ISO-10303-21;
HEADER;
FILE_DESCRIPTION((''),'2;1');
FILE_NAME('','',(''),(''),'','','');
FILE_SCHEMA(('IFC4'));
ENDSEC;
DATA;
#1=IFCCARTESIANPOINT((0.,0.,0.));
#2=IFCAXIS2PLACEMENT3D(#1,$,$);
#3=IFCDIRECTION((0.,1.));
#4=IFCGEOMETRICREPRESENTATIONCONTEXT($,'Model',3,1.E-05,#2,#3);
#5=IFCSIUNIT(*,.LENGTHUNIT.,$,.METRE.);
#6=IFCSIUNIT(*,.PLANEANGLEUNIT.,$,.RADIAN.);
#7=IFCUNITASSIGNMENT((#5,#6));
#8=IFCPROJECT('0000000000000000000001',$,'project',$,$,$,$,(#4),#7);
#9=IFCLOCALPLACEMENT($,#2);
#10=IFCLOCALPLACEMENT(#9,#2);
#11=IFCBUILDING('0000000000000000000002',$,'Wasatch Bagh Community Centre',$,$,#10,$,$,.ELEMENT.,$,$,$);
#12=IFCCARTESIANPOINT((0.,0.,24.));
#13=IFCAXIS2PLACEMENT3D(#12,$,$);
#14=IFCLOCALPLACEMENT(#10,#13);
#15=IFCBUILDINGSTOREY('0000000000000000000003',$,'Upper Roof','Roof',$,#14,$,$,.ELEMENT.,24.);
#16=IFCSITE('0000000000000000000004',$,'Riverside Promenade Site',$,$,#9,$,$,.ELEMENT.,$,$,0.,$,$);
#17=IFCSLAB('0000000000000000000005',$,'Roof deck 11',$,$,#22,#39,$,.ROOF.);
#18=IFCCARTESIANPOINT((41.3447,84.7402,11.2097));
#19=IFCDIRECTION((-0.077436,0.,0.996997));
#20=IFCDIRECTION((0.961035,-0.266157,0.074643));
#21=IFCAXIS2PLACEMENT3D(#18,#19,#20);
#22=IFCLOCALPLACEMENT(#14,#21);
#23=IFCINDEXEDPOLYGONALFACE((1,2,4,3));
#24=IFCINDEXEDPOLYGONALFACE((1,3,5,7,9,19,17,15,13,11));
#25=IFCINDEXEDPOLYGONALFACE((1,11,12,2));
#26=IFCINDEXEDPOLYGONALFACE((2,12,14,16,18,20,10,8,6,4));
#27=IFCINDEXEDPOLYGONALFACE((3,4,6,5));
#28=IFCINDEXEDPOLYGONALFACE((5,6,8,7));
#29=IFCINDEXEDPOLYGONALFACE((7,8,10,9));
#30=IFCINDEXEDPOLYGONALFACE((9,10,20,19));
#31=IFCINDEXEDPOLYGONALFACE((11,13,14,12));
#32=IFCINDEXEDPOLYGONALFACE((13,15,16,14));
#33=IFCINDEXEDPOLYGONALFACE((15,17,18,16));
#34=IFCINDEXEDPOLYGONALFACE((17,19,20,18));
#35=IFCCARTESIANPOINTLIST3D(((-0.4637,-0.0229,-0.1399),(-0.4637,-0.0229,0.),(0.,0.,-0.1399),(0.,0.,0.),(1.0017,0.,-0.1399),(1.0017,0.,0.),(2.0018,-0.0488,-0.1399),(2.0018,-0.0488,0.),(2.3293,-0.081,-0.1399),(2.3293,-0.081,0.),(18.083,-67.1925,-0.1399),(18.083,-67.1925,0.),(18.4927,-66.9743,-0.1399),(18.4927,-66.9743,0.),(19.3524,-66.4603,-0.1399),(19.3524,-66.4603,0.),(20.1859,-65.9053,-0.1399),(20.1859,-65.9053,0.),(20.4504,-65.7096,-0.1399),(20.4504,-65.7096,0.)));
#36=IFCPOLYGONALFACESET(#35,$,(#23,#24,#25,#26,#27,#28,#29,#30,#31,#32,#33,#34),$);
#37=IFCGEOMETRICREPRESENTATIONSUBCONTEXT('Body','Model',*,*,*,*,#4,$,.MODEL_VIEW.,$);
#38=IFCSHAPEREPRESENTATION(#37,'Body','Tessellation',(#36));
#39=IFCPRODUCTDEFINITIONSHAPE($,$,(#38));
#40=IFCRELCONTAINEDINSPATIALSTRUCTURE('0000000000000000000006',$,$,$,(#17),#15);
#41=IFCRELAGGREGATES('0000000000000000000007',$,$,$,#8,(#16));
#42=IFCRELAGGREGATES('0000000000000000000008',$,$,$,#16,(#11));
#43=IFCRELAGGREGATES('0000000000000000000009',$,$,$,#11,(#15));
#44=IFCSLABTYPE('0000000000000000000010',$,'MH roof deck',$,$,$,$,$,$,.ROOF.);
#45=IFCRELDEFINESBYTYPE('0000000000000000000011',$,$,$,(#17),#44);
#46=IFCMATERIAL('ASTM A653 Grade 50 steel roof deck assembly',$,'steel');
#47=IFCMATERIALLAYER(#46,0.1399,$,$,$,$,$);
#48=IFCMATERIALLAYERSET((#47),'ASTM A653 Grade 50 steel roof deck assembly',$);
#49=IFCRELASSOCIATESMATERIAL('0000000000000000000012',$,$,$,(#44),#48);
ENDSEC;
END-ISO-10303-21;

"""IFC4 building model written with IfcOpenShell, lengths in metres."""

from ifc_helpers import new_model, si_unit, direction, frame, origin, place, context, subcontext, project, spatial, polyline, outline, extrude, material, layer, layer_set, type_object, element, save


model = new_model("IFC4")

# Units and contexts
model_context = context("Model", 3, precision=1e-05, world=origin(), true_north=direction((0.0, 1.0)))
body_context = subcontext(model_context, "Body", "Model", "MODEL_VIEW")
ifc_project = project(units=[si_unit("LENGTHUNIT", "METRE"), si_unit("PLANEANGLEUNIT", "RADIAN")], contexts=[model_context])

# Site, building, storey
site_placement = place(None, origin())
site = spatial("IfcSite", under=ifc_project, at=site_placement, Name="Riverside Promenade Site", CompositionType="ELEMENT", RefElevation=0.0)
building_placement = place(site_placement, origin())
building = spatial("IfcBuilding", under=site, at=building_placement, Name="Wasatch Bagh Community Centre", CompositionType="ELEMENT")
storey_placement = place(building_placement, frame((0.0, 0.0, 24.0)))
storey = spatial("IfcBuildingStorey", under=building, at=storey_placement, Name="Upper Roof", Description="Roof", CompositionType="ELEMENT", Elevation=24.0)

# Slab
ifc_material_1 = material(Name="ASTM A653 Grade 50 steel roof deck assembly", Category="steel")
ifc_layer = layer(ifc_material_1, 0.1399)
ifc_layer_set = layer_set([ifc_layer], Name="ASTM A653 Grade 50 steel roof deck assembly")
slab_type = type_object("IfcSlabType", Name="MH roof deck", PredefinedType="ROOF", material=ifc_layer_set)
slab_placement = place(storey_placement, frame((41.3447, 84.7402, 11.2097), z_axis=(-0.077436, 0.0, 0.996997), x_axis=(0.961035, -0.266157, 0.074643)))
element("IfcSlab", 1, at=slab_placement, inside=storey, type_object=slab_type, Name="Roof deck 11", PredefinedType="ROOF", context=body_context, shape_type="SweptSolid", body=[
    extrude(outline(polyline([(0.0, 0.0), (1.0017, 0.0), (2.0018, -0.0488), (2.3293, -0.081), (20.4504, -65.7096), (20.1859, -65.9053), (19.3524, -66.4603), (18.4927, -66.9743), (18.083, -67.1925), (-0.4637, -0.0229), (0.0, 0.0)])), origin(), (0.0, 0.0, -1.0), 0.1399),
])

save(model, "model.ifc")
